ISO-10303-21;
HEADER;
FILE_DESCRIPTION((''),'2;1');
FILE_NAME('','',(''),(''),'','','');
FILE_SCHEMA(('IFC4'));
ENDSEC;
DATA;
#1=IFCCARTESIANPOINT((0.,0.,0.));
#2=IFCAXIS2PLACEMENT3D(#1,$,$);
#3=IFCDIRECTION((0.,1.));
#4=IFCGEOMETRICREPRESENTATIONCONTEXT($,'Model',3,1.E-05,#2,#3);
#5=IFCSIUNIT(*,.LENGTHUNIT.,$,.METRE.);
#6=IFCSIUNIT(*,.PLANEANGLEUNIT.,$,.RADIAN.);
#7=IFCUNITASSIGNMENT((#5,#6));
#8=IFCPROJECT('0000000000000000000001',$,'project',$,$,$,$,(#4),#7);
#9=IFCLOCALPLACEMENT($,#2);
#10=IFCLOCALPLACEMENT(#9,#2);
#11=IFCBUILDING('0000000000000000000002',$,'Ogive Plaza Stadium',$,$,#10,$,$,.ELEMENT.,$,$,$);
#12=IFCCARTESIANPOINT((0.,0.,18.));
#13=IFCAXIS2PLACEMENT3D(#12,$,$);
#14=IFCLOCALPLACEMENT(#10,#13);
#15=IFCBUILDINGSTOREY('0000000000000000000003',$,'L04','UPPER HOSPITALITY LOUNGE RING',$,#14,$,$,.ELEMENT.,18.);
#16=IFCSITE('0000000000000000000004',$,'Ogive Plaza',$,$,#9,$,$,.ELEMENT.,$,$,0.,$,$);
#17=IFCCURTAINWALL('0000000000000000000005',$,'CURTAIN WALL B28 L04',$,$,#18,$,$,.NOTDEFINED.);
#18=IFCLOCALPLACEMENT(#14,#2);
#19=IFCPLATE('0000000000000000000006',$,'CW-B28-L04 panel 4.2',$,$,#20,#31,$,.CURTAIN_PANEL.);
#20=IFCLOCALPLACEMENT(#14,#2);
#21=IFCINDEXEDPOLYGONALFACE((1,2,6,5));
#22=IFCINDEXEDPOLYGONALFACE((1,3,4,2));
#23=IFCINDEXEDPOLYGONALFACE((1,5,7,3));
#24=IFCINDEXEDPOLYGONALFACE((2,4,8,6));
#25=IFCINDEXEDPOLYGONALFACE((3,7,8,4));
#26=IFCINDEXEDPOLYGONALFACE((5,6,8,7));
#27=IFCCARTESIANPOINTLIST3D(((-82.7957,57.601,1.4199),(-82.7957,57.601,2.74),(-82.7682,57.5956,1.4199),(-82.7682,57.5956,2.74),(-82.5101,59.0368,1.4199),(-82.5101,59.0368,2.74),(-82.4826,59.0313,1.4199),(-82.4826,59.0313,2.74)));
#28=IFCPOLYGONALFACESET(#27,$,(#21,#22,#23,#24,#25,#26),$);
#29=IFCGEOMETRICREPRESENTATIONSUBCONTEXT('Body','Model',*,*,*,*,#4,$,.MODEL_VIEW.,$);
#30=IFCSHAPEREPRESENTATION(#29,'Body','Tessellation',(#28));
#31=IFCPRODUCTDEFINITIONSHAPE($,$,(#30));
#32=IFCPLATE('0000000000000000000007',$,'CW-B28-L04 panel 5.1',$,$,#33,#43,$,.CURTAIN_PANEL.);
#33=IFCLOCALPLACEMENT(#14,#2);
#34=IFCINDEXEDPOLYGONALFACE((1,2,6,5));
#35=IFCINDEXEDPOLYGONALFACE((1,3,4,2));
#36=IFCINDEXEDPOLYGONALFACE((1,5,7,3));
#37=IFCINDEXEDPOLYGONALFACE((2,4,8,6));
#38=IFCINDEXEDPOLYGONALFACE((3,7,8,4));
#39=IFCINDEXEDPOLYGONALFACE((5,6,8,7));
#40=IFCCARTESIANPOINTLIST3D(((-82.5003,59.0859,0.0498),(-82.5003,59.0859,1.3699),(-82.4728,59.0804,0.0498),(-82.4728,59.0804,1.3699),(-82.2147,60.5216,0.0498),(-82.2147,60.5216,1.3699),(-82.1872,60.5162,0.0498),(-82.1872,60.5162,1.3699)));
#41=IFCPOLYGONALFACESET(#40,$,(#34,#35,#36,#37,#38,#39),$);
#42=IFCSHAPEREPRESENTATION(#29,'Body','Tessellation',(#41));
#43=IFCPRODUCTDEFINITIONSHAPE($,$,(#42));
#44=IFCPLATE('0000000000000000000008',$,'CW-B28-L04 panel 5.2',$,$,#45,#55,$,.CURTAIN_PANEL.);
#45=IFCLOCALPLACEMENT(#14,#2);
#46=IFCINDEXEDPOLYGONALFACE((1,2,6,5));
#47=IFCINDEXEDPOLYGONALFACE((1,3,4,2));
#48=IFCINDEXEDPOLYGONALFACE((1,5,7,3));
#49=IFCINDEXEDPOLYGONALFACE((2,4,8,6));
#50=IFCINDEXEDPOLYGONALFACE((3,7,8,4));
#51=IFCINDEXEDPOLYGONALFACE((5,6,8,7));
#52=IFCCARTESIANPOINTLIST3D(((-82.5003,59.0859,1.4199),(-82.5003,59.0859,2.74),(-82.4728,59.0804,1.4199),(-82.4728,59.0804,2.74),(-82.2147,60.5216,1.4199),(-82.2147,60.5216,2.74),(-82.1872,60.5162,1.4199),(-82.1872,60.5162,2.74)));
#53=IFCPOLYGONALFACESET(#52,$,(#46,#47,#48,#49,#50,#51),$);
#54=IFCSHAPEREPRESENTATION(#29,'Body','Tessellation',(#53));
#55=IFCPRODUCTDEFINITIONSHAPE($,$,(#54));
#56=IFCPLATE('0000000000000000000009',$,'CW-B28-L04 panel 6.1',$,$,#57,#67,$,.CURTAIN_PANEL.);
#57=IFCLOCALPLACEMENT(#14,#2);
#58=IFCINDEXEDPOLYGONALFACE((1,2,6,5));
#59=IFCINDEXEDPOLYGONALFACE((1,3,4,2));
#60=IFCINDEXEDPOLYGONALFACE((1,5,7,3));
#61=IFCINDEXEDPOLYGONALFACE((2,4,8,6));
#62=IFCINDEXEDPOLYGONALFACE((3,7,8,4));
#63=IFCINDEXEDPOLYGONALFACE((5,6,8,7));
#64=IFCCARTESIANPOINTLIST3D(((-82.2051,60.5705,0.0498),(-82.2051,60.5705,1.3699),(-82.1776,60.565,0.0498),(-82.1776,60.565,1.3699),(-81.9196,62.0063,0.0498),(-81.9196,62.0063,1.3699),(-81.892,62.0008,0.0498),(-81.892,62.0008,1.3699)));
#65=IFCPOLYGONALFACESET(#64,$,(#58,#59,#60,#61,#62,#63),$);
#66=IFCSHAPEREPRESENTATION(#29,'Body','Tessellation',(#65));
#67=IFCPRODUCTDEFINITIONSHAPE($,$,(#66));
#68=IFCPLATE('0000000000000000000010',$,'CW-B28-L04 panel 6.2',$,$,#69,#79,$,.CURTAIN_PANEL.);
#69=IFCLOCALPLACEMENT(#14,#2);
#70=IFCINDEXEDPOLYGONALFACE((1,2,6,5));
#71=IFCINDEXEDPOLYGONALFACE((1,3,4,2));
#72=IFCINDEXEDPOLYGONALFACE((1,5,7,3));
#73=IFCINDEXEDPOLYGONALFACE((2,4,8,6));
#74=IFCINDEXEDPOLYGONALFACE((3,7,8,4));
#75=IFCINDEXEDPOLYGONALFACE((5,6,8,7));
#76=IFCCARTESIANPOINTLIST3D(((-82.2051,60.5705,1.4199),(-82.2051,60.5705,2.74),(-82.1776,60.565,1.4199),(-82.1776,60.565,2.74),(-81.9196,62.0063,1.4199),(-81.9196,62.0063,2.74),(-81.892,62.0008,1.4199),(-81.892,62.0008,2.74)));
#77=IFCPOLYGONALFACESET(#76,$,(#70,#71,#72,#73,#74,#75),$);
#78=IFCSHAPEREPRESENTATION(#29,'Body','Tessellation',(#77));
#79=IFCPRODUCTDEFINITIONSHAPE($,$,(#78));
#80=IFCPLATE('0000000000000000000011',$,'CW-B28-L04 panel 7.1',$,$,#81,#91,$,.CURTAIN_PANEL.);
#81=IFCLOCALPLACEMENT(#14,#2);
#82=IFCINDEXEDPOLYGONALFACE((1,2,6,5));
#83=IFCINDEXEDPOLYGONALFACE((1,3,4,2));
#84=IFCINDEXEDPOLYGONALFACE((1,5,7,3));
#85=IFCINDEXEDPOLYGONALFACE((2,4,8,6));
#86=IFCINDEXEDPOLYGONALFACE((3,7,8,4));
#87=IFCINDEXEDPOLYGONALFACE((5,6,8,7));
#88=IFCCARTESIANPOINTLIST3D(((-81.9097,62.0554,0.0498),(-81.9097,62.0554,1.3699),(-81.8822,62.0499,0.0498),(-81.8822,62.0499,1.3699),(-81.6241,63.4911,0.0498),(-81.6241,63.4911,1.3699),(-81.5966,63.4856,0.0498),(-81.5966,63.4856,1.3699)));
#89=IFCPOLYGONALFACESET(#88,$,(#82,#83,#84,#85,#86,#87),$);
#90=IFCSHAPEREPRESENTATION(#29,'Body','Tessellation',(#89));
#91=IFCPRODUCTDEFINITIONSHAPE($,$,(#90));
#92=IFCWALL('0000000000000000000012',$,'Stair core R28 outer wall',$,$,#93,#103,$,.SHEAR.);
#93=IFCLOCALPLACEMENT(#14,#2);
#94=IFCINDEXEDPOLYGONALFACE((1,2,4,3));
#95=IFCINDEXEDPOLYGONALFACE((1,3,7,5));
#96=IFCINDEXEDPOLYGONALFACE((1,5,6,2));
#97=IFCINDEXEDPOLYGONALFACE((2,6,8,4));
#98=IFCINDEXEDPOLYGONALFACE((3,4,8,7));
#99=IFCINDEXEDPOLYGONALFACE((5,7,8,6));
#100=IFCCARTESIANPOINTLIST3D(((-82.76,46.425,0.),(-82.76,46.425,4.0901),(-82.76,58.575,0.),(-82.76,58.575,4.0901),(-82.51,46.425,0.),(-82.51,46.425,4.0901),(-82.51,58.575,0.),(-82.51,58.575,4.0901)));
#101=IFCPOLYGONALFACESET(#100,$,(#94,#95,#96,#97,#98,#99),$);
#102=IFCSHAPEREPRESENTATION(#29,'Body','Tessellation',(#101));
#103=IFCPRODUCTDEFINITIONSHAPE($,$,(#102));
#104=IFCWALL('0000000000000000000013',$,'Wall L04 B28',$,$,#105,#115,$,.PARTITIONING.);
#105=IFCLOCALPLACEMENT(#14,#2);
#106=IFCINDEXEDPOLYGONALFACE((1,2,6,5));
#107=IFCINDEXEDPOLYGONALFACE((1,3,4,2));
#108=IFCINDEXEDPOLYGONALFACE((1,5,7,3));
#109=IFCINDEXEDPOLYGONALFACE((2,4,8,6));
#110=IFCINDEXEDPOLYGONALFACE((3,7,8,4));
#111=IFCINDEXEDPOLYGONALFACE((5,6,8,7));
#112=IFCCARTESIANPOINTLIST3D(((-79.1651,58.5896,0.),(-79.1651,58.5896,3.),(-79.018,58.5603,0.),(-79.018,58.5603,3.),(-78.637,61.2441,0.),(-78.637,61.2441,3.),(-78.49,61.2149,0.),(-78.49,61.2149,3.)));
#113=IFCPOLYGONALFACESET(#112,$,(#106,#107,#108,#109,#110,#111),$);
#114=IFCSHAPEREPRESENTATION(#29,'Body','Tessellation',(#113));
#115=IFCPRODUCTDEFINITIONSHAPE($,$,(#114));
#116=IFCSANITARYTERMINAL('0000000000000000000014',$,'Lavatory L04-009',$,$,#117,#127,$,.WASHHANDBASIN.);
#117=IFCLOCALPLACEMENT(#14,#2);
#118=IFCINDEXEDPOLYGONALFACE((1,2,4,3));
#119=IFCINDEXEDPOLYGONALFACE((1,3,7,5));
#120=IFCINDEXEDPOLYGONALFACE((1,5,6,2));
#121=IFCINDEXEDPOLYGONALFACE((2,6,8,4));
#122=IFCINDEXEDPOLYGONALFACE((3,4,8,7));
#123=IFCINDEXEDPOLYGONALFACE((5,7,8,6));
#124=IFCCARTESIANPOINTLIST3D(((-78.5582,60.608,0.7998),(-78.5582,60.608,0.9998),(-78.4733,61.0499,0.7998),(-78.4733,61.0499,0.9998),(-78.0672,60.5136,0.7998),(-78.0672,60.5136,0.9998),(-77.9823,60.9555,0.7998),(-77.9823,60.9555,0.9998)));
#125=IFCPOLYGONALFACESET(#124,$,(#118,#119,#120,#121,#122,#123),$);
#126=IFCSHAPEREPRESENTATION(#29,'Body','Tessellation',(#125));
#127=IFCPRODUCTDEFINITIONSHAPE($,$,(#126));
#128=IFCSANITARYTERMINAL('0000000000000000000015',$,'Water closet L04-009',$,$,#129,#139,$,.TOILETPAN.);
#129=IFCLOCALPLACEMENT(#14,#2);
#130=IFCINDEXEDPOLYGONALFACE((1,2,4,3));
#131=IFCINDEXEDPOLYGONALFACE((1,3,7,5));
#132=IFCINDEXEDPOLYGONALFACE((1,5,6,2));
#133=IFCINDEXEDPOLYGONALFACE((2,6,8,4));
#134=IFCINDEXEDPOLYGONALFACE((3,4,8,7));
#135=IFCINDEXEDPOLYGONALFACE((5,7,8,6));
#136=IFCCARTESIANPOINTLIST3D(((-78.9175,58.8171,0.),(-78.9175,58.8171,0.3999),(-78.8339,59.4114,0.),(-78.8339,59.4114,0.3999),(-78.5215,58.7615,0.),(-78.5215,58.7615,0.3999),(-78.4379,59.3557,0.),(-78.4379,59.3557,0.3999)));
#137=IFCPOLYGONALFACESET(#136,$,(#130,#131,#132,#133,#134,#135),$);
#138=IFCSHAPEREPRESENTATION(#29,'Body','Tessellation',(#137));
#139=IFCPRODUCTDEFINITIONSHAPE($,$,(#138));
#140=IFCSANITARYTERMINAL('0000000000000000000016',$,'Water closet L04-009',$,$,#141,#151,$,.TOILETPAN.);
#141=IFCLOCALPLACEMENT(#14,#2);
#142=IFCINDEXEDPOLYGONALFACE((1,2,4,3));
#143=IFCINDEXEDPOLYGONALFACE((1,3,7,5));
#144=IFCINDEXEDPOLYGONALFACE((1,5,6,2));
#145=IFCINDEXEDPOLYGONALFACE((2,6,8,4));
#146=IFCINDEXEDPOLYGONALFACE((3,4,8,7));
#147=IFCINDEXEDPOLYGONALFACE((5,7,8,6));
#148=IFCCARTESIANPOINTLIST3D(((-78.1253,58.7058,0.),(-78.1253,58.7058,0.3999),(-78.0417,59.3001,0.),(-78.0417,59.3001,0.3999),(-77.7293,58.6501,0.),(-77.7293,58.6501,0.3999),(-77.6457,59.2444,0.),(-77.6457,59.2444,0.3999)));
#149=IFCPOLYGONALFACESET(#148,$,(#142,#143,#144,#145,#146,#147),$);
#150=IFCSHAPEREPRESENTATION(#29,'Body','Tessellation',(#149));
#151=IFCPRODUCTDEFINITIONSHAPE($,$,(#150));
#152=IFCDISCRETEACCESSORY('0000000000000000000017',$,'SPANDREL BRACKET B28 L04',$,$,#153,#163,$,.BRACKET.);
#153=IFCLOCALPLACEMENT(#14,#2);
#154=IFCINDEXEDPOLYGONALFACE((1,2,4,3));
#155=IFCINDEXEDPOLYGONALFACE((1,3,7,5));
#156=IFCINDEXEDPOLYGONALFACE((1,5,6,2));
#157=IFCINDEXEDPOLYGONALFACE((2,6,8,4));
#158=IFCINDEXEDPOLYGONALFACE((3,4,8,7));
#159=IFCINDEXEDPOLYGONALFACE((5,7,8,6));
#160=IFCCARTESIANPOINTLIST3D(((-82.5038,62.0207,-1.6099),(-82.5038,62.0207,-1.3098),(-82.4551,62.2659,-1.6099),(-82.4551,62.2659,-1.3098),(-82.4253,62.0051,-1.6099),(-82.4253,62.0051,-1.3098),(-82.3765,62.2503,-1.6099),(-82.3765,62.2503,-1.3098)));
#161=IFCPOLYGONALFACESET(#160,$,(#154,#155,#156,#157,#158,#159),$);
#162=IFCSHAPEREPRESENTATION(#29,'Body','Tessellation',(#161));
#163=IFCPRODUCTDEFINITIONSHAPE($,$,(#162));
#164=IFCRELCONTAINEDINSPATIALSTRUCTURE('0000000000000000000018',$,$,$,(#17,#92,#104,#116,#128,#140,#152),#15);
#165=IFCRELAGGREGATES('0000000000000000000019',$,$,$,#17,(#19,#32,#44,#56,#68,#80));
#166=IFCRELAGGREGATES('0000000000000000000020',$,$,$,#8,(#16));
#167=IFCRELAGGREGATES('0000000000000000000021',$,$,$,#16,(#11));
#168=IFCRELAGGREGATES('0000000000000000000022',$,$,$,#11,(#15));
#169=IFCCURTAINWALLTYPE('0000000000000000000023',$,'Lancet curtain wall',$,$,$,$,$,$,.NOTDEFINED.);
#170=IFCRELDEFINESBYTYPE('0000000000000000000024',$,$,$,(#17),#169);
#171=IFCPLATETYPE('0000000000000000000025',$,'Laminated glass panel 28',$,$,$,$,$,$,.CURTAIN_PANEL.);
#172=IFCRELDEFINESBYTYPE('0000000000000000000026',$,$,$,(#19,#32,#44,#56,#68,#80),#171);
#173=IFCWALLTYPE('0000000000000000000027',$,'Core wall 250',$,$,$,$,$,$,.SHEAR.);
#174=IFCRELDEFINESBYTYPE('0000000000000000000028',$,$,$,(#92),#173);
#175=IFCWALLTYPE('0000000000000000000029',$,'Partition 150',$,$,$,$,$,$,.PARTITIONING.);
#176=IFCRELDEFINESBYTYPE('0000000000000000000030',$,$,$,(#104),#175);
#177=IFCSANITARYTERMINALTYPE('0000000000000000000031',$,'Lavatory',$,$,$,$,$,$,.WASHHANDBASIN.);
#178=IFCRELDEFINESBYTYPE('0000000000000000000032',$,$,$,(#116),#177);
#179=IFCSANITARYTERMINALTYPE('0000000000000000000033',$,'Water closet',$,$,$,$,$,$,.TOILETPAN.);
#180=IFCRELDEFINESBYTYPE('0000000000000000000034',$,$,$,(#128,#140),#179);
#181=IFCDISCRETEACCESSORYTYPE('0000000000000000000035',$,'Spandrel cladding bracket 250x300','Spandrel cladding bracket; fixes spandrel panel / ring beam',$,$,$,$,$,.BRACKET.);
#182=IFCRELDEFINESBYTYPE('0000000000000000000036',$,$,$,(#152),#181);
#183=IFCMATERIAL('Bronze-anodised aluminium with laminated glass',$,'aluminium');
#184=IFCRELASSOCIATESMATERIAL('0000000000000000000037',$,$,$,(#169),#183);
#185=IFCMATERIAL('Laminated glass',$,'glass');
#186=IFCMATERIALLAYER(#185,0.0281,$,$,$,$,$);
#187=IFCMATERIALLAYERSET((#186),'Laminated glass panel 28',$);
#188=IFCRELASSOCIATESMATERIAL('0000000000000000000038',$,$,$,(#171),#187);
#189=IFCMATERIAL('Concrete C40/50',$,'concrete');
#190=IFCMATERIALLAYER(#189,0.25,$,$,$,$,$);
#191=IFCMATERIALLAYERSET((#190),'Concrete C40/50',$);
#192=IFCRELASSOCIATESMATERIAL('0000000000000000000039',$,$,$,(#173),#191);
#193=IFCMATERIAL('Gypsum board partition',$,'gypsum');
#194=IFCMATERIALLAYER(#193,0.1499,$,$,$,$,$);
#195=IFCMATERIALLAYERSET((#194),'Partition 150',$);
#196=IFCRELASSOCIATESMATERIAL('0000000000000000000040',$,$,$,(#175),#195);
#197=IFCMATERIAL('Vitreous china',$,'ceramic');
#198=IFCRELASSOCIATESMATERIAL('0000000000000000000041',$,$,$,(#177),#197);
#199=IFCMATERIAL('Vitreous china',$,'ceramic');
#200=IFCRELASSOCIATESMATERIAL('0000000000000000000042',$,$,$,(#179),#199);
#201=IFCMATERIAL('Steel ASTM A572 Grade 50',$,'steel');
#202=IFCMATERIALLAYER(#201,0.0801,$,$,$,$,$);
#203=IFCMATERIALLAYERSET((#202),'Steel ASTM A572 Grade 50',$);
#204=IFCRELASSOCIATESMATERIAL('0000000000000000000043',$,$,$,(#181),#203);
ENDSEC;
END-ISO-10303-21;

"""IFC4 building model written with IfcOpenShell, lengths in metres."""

from ifc_helpers import new_model, si_unit, direction, frame, frame_2d, origin, origin_2d, place, context, subcontext, project, spatial, rectangle, extrude, material, layer, layer_set, type_object, element, aggregate, save


model = new_model("IFC4")

# Units and contexts
model_context = context("Model", 3, precision=1e-05, world=origin(), true_north=direction((0.0, 1.0)))
body_context = subcontext(model_context, "Body", "Model", "MODEL_VIEW")
ifc_project = project(units=[si_unit("LENGTHUNIT", "METRE"), si_unit("PLANEANGLEUNIT", "RADIAN")], contexts=[model_context])

# Site, building, storey
site_placement = place(None, origin())
site = spatial("IfcSite", under=ifc_project, at=site_placement, Name="Ogive Plaza", CompositionType="ELEMENT", RefElevation=0.0)
building_placement = place(site_placement, origin())
building = spatial("IfcBuilding", under=site, at=building_placement, Name="Ogive Plaza Stadium", CompositionType="ELEMENT")
storey_placement = place(building_placement, frame((0.0, 0.0, 18.0)))
storey = spatial("IfcBuildingStorey", under=building, at=storey_placement, Name="L04", Description="UPPER HOSPITALITY LOUNGE RING", CompositionType="ELEMENT", Elevation=18.0)

# Curtain wall, plates
ifc_material_1 = material(Name="Bronze-anodised aluminium with laminated glass", Category="aluminium")
curtain_wall_type = type_object("IfcCurtainWallType", Name="Lancet curtain wall", PredefinedType="NOTDEFINED", material=ifc_material_1)
curtain_wall_placement = place(storey_placement, origin())
curtain_wall = element("IfcCurtainWall", 1, at=curtain_wall_placement, inside=storey, type_object=curtain_wall_type, Name="CURTAIN WALL B28 L04", PredefinedType="NOTDEFINED")
ifc_material_2 = material(Name="Laminated glass", Category="glass")
ifc_layer_1 = layer(ifc_material_2, 0.0281)
ifc_layer_set_1 = layer_set([ifc_layer_1], Name="Laminated glass panel 28")
plate_type = type_object("IfcPlateType", Name="Laminated glass panel 28", PredefinedType="CURTAIN_PANEL", material=ifc_layer_set_1)
plate_1_placement = place(storey_placement, frame((-82.6392, 58.3162, 1.4199), z_axis=(0.0, 0.0, 1.0), x_axis=(0.19509, 0.980785, 0.0)))
plate_1 = element("IfcPlate", 2, at=plate_1_placement, type_object=plate_type, Name="CW-B28-L04 panel 4.2", PredefinedType="CURTAIN_PANEL", context=body_context, shape_type="SweptSolid", body=[
    extrude(rectangle(XDim=1.4639, YDim=0.0281, at=origin_2d()), origin(), (0.0, 0.0, 1.0), 1.3201),
])
plate_2_placement = place(storey_placement, frame((-82.3438, 59.801, 0.0498), z_axis=(0.0, 0.0, 1.0), x_axis=(0.19509, 0.980785, 0.0)))
plate_2 = element("IfcPlate", 3, at=plate_2_placement, type_object=plate_type, Name="CW-B28-L04 panel 5.1", PredefinedType="CURTAIN_PANEL", context=body_context, shape_type="SweptSolid", body=[
    extrude(rectangle(XDim=1.4639, YDim=0.0281, at=origin_2d()), origin(), (0.0, 0.0, 1.0), 1.3201),
])
plate_3_placement = place(storey_placement, frame((-82.3438, 59.801, 1.4199), z_axis=(0.0, 0.0, 1.0), x_axis=(0.19509, 0.980785, 0.0)))
plate_3 = element("IfcPlate", 4, at=plate_3_placement, type_object=plate_type, Name="CW-B28-L04 panel 5.2", PredefinedType="CURTAIN_PANEL", context=body_context, shape_type="SweptSolid", body=[
    extrude(rectangle(XDim=1.4639, YDim=0.0281, at=origin_2d()), origin(), (0.0, 0.0, 1.0), 1.3201),
])
plate_4_placement = place(storey_placement, frame((-82.0486, 61.2856, 0.0498), z_axis=(0.0, 0.0, 1.0), x_axis=(0.19509, 0.980785, 0.0)))
plate_4 = element("IfcPlate", 5, at=plate_4_placement, type_object=plate_type, Name="CW-B28-L04 panel 6.1", PredefinedType="CURTAIN_PANEL", context=body_context, shape_type="SweptSolid", body=[
    extrude(rectangle(XDim=1.4639, YDim=0.0281, at=origin_2d()), origin(), (0.0, 0.0, 1.0), 1.3201),
])
plate_5_placement = place(storey_placement, frame((-82.0486, 61.2856, 1.4199), z_axis=(0.0, 0.0, 1.0), x_axis=(0.19509, 0.980785, 0.0)))
plate_5 = element("IfcPlate", 6, at=plate_5_placement, type_object=plate_type, Name="CW-B28-L04 panel 6.2", PredefinedType="CURTAIN_PANEL", context=body_context, shape_type="SweptSolid", body=[
    extrude(rectangle(XDim=1.4639, YDim=0.0281, at=origin_2d()), origin(), (0.0, 0.0, 1.0), 1.3201),
])
plate_6_placement = place(storey_placement, frame((-81.7532, 62.7705, 0.0498), z_axis=(0.0, 0.0, 1.0), x_axis=(0.19509, 0.980785, 0.0)))
plate_6 = element("IfcPlate", 7, at=plate_6_placement, type_object=plate_type, Name="CW-B28-L04 panel 7.1", PredefinedType="CURTAIN_PANEL", context=body_context, shape_type="SweptSolid", body=[
    extrude(rectangle(XDim=1.4639, YDim=0.0281, at=origin_2d()), origin(), (0.0, 0.0, 1.0), 1.3201),
])
aggregate(curtain_wall, [plate_1, plate_2, plate_3, plate_4, plate_5, plate_6])

# Walls
ifc_material_3 = material(Name="Concrete C40/50", Category="concrete")
ifc_layer_2 = layer(ifc_material_3, 0.25)
ifc_layer_set_2 = layer_set([ifc_layer_2], Name="Concrete C40/50")
wall_type_1 = type_object("IfcWallType", Name="Core wall 250", PredefinedType="SHEAR", material=ifc_layer_set_2)
wall_1_placement = place(storey_placement, frame((-82.635, 58.575, 0.0), z_axis=(0.0, 0.0, 1.0), x_axis=(0.0, -1.0, 0.0)))
element("IfcWall", 8, at=wall_1_placement, inside=storey, type_object=wall_type_1, Name="Stair core R28 outer wall", PredefinedType="SHEAR", context=body_context, shape_type="SweptSolid", body=[
    extrude(rectangle(XDim=12.1499, YDim=0.25, at=frame_2d((6.075, 0.0))), origin(), (0.0, 0.0, 1.0), 4.0901),
])
ifc_material_4 = material(Name="Gypsum board partition", Category="gypsum")
ifc_layer_3 = layer(ifc_material_4, 0.1499)
ifc_layer_set_3 = layer_set([ifc_layer_3], Name="Partition 150")
wall_type_2 = type_object("IfcWallType", Name="Partition 150", PredefinedType="PARTITIONING", material=ifc_layer_set_3)
wall_2_placement = place(storey_placement, frame((-79.0916, 58.575, 0.0), z_axis=(0.0, 0.0, 1.0), x_axis=(0.19511, 0.980781, 0.0)))
element("IfcWall", 9, at=wall_2_placement, inside=storey, type_object=wall_type_2, Name="Wall L04 B28", PredefinedType="PARTITIONING", context=body_context, shape_type="SweptSolid", body=[
    extrude(rectangle(XDim=2.7065, YDim=0.1499, at=frame_2d((1.3533, 0.0))), origin(), (0.0, 0.0, 1.0), 3.0),
])

# Sanitary terminals
ifc_material_5 = material(Name="Vitreous china", Category="ceramic")
sanitary_terminal_type_1 = type_object("IfcSanitaryTerminalType", Name="Lavatory", PredefinedType="WASHHANDBASIN", material=ifc_material_5)
sanitary_terminal_placement = place(storey_placement, frame((-78.2703, 60.7817, 0.7998), z_axis=(0.0, 0.0, 1.0), x_axis=(0.982018, -0.188789, 0.0)))
element("IfcSanitaryTerminal", 10, at=sanitary_terminal_placement, inside=storey, type_object=sanitary_terminal_type_1, Name="Lavatory L04-009", PredefinedType="WASHHANDBASIN", context=body_context, shape_type="SweptSolid", body=[
    extrude(rectangle(XDim=0.5, YDim=0.45, at=origin_2d()), origin(), (0.0, 0.0, 1.0), 0.2),
])
ifc_material_6 = material(Name="Vitreous china", Category="ceramic")
sanitary_terminal_type_2 = type_object("IfcSanitaryTerminalType", Name="Water closet", PredefinedType="TOILETPAN", material=ifc_material_6)
for number, where, z_axis, x_axis, name in (
    (11, (-78.6777, 59.0864, 0.0), (0.0, 0.0, 1.0), (0.990254, -0.139272, 0.0), "Water closet L04-009"),
    (12, (-77.8855, 58.9751, 0.0), (0.0, 0.0, 1.0), (0.990254, -0.139272, 0.0), "Water closet L04-009"),
):
    element("IfcSanitaryTerminal", number, at=place(storey_placement, frame(where, z_axis=z_axis, x_axis=x_axis)), inside=storey, type_object=sanitary_terminal_type_2, Name=name, PredefinedType="TOILETPAN", context=body_context, shape_type="SweptSolid", body=[
        extrude(rectangle(XDim=0.3999, YDim=0.6001, at=origin_2d()), origin(), (0.0, 0.0, 1.0), 0.3999),
    ])

# Discrete accessory
ifc_material_7 = material(Name="Steel ASTM A572 Grade 50", Category="steel")
ifc_layer_4 = layer(ifc_material_7, 0.0801)
ifc_layer_set_4 = layer_set([ifc_layer_4], Name="Steel ASTM A572 Grade 50")
discrete_accessory_type = type_object("IfcDiscreteAccessoryType", Name="Spandrel cladding bracket 250x300", Description="Spandrel cladding bracket; fixes spandrel panel / ring beam", PredefinedType="BRACKET", material=ifc_layer_set_4)
discrete_accessory_placement = place(storey_placement, frame((-82.4402, 62.1355, -1.6099), z_axis=(0.0, 0.0, 1.0), x_axis=(0.19509, 0.980785, 0.0)))
element("IfcDiscreteAccessory", 13, at=discrete_accessory_placement, inside=storey, type_object=discrete_accessory_type, Name="SPANDREL BRACKET B28 L04", PredefinedType="BRACKET", context=body_context, shape_type="SweptSolid", body=[
    extrude(rectangle(XDim=0.25, YDim=0.0801, at=origin_2d()), origin(), (0.0, 0.0, 1.0), 0.3),
])

save(model, "model.ifc")
